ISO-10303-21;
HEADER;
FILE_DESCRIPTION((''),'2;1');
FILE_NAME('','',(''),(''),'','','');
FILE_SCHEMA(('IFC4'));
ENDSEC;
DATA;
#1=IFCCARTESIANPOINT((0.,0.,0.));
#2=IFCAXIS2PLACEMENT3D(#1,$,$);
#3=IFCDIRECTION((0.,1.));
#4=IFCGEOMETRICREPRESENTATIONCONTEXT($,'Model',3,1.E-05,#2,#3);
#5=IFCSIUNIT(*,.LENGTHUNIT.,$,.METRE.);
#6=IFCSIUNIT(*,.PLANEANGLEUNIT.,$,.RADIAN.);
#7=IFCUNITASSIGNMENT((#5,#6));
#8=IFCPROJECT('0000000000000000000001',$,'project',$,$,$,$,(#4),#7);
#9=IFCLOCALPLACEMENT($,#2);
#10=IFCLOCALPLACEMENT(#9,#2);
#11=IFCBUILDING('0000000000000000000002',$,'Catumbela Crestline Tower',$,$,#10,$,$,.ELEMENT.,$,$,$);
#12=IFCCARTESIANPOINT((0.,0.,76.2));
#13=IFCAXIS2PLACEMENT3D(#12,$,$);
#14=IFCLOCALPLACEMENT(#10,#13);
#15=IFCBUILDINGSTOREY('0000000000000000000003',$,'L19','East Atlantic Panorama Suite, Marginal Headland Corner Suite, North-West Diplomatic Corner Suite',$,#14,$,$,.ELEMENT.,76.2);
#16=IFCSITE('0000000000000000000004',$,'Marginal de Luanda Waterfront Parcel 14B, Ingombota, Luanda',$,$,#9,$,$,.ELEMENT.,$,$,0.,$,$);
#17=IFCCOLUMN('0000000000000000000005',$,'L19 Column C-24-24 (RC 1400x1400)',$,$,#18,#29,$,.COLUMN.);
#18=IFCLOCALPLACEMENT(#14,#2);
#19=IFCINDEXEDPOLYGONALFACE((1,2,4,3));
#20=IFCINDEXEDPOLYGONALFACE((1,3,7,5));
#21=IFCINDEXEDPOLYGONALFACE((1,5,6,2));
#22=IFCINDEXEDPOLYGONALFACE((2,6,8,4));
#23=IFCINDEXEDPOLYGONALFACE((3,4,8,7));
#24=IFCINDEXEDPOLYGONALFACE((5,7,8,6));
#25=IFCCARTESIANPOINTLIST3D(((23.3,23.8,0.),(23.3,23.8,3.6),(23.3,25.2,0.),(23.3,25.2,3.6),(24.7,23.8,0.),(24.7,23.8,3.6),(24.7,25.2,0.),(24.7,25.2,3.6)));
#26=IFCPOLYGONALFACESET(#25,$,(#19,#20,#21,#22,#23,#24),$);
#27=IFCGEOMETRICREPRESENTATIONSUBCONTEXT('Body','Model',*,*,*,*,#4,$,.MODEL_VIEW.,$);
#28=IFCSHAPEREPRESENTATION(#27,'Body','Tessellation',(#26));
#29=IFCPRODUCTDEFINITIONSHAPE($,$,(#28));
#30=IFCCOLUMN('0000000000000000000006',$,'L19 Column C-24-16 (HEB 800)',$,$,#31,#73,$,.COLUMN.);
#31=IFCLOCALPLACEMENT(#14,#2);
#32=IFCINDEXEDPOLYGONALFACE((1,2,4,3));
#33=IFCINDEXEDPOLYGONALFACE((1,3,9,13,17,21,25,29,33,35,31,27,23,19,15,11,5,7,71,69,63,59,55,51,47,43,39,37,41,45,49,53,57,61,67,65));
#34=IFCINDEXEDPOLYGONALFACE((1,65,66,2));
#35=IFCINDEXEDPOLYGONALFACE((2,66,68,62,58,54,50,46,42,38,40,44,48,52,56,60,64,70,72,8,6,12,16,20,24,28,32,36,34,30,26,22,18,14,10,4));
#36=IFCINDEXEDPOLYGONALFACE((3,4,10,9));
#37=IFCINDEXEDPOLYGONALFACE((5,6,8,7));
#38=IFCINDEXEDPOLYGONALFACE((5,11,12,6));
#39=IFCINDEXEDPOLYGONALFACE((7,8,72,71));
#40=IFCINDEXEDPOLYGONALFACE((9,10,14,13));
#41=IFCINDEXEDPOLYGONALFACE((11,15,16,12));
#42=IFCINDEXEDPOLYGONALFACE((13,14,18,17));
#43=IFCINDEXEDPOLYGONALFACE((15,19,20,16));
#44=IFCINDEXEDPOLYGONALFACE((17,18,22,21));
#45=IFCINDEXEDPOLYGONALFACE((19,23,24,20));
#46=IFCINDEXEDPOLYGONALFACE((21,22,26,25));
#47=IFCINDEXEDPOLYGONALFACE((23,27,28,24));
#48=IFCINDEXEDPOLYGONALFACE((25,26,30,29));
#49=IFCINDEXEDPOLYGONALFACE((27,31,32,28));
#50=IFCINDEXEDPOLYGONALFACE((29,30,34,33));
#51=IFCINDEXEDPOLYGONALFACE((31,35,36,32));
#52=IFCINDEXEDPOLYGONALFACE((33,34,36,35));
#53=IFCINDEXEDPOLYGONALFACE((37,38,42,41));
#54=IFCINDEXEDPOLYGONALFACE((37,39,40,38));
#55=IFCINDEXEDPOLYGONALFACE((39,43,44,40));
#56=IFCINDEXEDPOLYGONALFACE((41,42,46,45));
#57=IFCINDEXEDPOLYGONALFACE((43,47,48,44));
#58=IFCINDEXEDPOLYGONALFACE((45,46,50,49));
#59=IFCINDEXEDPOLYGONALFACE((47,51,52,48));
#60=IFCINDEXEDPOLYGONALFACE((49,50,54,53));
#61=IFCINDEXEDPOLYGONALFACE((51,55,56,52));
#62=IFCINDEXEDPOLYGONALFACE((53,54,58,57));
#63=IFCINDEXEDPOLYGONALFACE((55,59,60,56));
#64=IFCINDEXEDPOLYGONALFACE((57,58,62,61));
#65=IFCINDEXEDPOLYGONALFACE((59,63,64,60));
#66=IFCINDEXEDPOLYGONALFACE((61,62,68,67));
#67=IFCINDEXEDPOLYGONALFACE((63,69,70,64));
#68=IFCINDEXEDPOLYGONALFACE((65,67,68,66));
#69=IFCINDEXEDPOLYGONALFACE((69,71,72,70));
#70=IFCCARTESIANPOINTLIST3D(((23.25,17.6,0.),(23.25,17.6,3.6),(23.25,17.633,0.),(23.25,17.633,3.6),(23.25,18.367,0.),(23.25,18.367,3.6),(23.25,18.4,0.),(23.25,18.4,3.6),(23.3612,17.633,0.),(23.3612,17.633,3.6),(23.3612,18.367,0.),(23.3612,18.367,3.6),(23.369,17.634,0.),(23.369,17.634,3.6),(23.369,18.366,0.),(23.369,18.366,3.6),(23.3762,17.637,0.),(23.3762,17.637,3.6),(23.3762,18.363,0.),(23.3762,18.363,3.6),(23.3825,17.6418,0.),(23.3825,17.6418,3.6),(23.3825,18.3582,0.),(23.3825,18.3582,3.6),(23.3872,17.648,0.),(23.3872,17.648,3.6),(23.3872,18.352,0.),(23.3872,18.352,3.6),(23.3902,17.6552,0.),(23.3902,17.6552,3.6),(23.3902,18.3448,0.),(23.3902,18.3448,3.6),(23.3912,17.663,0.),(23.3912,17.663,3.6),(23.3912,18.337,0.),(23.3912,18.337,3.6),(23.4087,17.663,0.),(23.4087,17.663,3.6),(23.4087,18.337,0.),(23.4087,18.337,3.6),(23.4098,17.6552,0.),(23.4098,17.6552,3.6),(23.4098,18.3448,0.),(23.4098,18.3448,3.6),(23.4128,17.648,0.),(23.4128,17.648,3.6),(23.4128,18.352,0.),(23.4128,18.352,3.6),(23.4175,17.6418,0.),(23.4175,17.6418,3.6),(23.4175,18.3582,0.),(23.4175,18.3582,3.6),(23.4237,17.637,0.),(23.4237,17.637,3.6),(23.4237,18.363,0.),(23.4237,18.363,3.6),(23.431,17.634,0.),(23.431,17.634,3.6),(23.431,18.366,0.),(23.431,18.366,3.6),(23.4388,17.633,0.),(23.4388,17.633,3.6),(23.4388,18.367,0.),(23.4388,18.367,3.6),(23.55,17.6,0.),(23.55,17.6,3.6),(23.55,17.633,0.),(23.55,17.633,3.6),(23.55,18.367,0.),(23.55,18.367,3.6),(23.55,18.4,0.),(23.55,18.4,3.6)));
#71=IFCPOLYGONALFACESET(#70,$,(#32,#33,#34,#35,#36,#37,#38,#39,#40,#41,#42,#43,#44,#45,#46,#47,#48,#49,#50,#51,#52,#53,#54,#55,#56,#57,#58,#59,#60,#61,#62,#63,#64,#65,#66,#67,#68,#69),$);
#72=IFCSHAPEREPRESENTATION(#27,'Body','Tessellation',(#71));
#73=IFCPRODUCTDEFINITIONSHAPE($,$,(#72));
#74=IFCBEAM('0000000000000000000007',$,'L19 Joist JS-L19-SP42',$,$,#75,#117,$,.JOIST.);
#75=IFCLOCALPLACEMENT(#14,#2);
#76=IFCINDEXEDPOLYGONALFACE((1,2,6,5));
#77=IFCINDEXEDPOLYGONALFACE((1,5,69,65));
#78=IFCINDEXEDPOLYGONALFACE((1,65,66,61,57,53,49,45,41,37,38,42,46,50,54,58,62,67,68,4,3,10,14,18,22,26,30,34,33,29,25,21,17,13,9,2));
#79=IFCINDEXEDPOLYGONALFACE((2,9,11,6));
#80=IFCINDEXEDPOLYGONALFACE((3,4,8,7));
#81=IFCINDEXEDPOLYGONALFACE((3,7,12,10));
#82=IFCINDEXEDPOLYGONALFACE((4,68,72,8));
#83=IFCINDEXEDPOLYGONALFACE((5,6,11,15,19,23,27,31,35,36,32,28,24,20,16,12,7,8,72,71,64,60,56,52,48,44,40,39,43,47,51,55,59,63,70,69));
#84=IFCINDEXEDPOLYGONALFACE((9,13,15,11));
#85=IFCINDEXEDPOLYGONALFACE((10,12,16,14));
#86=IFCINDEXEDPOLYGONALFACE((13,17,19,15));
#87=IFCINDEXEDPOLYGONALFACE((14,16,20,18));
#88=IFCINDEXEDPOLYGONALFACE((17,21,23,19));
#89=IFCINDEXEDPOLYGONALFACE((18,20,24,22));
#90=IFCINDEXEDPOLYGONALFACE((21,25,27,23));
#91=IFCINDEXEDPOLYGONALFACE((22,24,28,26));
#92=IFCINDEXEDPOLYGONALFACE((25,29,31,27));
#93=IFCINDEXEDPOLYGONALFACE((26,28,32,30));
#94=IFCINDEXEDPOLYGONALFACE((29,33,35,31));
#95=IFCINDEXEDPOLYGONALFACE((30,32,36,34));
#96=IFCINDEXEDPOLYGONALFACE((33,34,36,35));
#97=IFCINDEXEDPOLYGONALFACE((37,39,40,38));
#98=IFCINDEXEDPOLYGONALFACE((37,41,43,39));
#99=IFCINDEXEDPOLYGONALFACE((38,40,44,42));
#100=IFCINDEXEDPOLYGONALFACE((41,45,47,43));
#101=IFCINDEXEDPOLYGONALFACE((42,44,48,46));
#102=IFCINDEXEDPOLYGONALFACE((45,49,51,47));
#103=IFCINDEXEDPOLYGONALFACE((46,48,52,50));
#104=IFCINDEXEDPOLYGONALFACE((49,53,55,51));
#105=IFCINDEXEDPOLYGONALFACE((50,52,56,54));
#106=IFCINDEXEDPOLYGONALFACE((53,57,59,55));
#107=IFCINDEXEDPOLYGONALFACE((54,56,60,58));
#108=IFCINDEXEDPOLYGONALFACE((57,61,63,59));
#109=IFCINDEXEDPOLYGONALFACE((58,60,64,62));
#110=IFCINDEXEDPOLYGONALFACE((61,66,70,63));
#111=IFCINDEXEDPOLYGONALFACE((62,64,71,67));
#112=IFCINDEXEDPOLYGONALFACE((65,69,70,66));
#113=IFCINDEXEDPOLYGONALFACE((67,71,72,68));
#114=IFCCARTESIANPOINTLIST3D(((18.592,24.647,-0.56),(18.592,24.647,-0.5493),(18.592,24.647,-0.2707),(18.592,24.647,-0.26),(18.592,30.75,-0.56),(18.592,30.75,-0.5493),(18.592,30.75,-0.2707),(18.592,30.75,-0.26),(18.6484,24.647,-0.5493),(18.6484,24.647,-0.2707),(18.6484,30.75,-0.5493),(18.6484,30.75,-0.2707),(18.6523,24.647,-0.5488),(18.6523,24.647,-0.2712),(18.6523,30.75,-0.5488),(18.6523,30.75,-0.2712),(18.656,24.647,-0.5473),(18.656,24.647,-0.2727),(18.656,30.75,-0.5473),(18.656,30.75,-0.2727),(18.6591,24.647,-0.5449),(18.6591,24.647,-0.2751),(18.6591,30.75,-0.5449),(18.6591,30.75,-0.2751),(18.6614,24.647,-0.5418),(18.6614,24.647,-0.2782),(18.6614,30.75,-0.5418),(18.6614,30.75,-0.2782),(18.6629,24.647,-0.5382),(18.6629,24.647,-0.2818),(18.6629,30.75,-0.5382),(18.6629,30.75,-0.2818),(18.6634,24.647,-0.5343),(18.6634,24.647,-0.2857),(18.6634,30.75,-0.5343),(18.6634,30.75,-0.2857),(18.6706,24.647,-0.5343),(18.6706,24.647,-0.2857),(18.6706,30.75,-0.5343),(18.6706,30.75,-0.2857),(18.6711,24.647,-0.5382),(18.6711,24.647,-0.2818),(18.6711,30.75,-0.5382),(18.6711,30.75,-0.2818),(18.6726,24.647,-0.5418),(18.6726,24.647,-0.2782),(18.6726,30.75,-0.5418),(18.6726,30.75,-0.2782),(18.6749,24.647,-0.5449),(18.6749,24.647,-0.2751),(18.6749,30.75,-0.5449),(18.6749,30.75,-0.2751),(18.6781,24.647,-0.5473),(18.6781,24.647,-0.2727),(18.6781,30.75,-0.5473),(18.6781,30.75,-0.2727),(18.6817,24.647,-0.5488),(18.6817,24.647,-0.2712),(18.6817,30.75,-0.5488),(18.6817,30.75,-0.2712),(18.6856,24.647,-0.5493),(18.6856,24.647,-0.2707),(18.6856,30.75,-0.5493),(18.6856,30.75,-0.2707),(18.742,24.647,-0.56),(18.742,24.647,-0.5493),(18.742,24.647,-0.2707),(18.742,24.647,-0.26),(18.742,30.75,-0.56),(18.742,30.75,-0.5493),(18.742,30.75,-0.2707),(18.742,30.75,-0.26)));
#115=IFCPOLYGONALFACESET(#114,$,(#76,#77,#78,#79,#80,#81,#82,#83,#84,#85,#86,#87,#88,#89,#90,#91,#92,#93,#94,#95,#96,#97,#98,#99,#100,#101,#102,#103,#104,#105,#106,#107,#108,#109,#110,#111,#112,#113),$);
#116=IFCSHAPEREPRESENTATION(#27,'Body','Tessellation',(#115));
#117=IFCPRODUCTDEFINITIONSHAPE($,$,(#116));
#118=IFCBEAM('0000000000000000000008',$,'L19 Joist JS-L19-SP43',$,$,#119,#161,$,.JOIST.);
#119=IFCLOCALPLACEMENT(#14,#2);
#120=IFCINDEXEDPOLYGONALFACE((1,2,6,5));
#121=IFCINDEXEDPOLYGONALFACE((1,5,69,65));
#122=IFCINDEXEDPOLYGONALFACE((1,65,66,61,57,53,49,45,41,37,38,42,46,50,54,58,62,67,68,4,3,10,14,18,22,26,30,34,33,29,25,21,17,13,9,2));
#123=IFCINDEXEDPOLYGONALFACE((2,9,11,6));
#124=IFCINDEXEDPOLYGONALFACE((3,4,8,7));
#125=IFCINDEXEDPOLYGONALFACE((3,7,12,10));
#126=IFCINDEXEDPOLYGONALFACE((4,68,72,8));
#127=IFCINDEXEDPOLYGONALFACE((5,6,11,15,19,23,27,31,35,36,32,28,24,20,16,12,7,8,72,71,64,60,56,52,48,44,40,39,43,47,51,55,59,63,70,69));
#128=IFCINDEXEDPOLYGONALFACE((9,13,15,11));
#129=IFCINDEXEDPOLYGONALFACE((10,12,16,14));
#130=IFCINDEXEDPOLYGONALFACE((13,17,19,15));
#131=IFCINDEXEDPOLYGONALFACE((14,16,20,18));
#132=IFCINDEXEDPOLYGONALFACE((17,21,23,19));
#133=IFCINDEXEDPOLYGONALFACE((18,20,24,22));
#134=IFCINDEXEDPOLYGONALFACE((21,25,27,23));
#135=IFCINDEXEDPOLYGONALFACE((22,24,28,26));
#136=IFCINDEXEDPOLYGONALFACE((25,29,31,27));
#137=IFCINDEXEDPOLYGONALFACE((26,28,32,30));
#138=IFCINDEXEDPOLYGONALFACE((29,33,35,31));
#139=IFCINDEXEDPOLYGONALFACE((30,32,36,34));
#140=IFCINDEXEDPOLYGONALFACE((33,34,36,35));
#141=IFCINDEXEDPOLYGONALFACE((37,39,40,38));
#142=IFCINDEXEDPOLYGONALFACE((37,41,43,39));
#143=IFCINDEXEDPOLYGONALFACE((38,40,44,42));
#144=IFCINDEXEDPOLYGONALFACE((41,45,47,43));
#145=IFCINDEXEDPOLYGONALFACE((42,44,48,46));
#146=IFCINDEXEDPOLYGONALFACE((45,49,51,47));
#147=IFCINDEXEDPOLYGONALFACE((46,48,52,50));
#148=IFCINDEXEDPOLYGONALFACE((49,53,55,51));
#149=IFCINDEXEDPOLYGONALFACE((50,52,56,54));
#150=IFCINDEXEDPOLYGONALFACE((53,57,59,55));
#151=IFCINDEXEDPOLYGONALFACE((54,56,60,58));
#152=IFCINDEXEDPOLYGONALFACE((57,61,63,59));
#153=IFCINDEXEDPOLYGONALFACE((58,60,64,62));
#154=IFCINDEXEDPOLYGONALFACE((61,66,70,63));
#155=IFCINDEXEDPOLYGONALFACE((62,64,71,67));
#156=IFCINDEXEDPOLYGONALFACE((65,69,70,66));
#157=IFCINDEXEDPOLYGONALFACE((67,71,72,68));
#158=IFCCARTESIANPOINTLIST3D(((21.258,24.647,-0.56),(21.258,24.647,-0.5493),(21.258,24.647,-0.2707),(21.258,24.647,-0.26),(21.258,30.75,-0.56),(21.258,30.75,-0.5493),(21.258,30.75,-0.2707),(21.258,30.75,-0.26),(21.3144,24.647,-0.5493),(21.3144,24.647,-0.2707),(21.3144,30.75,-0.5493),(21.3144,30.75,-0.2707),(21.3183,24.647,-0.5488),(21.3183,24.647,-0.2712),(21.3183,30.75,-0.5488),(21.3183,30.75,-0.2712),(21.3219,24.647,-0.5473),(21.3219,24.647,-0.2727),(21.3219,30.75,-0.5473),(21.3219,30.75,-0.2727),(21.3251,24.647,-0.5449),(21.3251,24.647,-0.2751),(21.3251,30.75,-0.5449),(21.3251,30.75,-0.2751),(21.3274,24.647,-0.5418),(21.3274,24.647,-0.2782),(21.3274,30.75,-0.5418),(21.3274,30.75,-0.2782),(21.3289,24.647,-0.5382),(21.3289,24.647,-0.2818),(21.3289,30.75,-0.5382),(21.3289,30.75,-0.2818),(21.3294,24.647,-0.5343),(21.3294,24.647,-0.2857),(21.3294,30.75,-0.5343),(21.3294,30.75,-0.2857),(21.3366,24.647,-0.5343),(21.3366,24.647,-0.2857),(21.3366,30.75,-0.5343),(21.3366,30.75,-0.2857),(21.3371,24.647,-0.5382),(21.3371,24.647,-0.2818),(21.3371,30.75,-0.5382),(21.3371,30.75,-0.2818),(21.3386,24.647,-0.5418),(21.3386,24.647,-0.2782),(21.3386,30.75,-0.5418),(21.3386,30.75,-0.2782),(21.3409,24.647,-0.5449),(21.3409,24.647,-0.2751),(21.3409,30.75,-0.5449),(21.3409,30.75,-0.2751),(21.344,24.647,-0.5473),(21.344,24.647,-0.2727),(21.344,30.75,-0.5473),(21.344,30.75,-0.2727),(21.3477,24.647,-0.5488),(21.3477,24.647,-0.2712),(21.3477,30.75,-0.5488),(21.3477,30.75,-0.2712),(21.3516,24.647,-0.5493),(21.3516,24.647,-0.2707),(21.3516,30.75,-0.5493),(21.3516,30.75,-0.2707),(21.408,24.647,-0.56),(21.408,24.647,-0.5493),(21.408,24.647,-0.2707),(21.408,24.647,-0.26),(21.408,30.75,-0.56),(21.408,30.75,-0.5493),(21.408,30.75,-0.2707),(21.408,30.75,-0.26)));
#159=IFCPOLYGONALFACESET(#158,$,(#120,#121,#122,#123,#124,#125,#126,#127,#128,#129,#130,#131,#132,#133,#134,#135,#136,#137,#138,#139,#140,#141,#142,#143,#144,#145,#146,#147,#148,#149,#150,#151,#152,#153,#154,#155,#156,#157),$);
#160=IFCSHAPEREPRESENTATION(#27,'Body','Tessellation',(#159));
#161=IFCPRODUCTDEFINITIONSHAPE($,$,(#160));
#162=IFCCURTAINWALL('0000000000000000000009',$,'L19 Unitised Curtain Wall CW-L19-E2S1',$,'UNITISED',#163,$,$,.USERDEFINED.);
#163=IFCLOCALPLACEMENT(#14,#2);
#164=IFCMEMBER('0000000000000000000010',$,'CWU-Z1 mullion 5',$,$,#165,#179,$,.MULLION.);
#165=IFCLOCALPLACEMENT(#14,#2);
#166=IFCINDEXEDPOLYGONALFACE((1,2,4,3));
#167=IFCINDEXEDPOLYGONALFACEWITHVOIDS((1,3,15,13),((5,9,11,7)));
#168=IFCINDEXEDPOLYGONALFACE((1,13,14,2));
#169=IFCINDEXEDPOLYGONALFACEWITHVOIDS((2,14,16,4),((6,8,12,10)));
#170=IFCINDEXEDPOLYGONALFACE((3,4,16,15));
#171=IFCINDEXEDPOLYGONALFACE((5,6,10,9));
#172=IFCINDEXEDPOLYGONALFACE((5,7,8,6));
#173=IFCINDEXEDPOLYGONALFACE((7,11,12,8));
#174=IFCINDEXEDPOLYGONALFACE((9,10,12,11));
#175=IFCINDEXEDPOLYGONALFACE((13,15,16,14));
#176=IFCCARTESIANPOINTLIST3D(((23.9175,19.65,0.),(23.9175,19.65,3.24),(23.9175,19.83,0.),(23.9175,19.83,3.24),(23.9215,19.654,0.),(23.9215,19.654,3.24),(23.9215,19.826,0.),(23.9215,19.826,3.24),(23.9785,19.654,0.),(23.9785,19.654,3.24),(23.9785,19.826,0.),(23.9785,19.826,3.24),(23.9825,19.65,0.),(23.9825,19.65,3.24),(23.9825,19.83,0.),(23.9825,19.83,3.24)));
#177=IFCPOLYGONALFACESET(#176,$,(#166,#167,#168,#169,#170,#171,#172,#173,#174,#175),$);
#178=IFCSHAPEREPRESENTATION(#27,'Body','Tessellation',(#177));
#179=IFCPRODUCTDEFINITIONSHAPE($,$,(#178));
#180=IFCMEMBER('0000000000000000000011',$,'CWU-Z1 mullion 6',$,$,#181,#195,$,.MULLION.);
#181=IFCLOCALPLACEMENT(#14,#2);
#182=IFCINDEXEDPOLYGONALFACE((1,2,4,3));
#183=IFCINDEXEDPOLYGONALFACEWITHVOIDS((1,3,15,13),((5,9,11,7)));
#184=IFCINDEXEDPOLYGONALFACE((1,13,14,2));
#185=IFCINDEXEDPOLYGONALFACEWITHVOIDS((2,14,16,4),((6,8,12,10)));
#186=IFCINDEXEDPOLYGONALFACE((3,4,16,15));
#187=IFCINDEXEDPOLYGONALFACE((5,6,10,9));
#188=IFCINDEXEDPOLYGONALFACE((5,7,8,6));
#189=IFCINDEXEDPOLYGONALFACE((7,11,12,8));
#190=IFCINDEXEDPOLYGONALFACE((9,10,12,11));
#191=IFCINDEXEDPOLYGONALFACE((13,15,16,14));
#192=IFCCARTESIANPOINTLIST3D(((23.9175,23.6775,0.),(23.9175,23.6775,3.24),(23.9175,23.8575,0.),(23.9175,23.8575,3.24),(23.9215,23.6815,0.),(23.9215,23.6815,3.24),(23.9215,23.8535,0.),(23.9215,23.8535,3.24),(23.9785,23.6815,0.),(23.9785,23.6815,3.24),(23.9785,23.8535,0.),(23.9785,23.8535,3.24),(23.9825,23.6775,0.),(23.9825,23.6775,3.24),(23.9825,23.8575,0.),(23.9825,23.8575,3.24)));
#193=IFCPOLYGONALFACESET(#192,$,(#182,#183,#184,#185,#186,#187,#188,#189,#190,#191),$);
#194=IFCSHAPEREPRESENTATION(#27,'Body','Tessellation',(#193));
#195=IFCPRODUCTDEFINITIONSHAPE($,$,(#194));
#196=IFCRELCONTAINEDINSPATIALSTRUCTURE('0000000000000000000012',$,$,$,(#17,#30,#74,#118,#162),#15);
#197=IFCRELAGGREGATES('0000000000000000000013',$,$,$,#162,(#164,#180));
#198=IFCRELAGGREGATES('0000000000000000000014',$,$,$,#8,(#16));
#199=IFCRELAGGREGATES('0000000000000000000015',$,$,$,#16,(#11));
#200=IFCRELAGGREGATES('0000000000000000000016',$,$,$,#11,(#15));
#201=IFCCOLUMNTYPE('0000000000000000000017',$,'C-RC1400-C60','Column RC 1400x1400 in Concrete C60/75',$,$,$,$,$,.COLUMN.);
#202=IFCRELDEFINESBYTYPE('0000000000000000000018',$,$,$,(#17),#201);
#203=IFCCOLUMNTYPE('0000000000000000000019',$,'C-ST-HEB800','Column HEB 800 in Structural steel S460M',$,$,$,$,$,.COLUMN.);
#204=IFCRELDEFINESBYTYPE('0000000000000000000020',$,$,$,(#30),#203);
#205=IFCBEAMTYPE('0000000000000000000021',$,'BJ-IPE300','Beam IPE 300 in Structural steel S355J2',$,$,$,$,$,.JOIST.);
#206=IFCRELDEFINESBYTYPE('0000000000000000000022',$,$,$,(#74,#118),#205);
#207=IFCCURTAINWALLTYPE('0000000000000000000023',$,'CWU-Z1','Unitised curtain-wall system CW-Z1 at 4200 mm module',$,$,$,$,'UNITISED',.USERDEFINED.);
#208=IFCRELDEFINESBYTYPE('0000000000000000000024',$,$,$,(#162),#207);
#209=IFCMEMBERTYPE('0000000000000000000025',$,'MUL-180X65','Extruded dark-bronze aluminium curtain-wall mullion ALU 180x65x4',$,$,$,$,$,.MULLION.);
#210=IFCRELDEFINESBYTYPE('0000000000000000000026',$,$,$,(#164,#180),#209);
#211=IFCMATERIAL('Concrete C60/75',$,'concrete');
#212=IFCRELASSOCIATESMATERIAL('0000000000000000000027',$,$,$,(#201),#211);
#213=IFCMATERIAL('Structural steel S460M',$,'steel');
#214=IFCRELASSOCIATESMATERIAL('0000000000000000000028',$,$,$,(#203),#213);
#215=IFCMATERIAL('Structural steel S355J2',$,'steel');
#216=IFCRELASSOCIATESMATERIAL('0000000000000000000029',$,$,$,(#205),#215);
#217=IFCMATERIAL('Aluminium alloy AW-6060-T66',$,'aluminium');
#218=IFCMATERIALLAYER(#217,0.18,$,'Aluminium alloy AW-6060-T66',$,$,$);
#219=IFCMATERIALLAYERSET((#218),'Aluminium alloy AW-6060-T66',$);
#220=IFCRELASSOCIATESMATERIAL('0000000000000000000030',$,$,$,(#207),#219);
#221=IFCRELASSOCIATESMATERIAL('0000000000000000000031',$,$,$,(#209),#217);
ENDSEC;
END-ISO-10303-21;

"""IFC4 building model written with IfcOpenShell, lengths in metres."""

from ifc_helpers import new_model, si_unit, direction, frame, origin, origin_2d, place, context, subcontext, project, spatial, rectangle, hollow_rectangle, i_section, extrude, material, layer, layer_set, material_profile, profile_set, type_object, element, aggregate, save


model = new_model("IFC4")

# Units and contexts
model_context = context("Model", 3, precision=1e-05, world=origin(), true_north=direction((0.0, 1.0)))
body_context = subcontext(model_context, "Body", "Model", "MODEL_VIEW")
ifc_project = project(units=[si_unit("LENGTHUNIT", "METRE"), si_unit("PLANEANGLEUNIT", "RADIAN")], contexts=[model_context])

# Site, building, storey
site_placement = place(None, origin())
site = spatial("IfcSite", under=ifc_project, at=site_placement, Name="Marginal de Luanda Waterfront Parcel 14B, Ingombota, Luanda", CompositionType="ELEMENT", RefElevation=0.0)
building_placement = place(site_placement, origin())
building = spatial("IfcBuilding", under=site, at=building_placement, Name="Catumbela Crestline Tower", CompositionType="ELEMENT")
storey_placement = place(building_placement, frame((0.0, 0.0, 76.2)))
storey = spatial("IfcBuildingStorey", under=building, at=storey_placement, Name="L19", Description="East Atlantic Panorama Suite, Marginal Headland Corner Suite, North-West Diplomatic Corner Suite", CompositionType="ELEMENT", Elevation=76.2)

# Columns
ifc_material_1 = material(Name="Concrete C60/75", Category="concrete")
ifc_material_profile_1 = material_profile(ifc_material_1, rectangle(XDim=1.4, YDim=1.4, at=origin_2d()), Name="RC 1400x1400")
ifc_profile_set_1 = profile_set([ifc_material_profile_1], Name="Concrete C60/75")
column_type_1 = type_object("IfcColumnType", Name="C-RC1400-C60", Description="Column RC 1400x1400 in Concrete C60/75", PredefinedType="COLUMN", material=ifc_profile_set_1)
column_1_placement = place(storey_placement, frame((24.0, 24.5, 0.0), z_axis=(0.0, 0.0, 1.0), x_axis=(1.0, 0.0, 0.0)))
element("IfcColumn", 1, at=column_1_placement, inside=storey, type_object=column_type_1, Name="L19 Column C-24-24 (RC 1400x1400)", PredefinedType="COLUMN", context=body_context, shape_type="SweptSolid", body=[
    extrude(rectangle(XDim=1.4, YDim=1.4, at=origin_2d()), origin(), (0.0, 0.0, 1.0), 3.6),
])
ifc_material_2 = material(Name="Structural steel S460M", Category="steel")
ifc_material_profile_2 = material_profile(ifc_material_2, i_section(OverallWidth=0.3, OverallDepth=0.8, WebThickness=0.0175, FlangeThickness=0.033, FilletRadius=0.03, at=origin_2d()), Name="HEB 800")
ifc_profile_set_2 = profile_set([ifc_material_profile_2], Name="Structural steel S460M")
column_type_2 = type_object("IfcColumnType", Name="C-ST-HEB800", Description="Column HEB 800 in Structural steel S460M", PredefinedType="COLUMN", material=ifc_profile_set_2)
column_2_placement = place(storey_placement, frame((23.4, 18.0, 0.0), z_axis=(0.0, 0.0, 1.0), x_axis=(1.0, 0.0, 0.0)))
element("IfcColumn", 2, at=column_2_placement, inside=storey, type_object=column_type_2, Name="L19 Column C-24-16 (HEB 800)", PredefinedType="COLUMN", context=body_context, shape_type="SweptSolid", body=[
    extrude(i_section(OverallWidth=0.3, OverallDepth=0.8, WebThickness=0.0175, FlangeThickness=0.033, FilletRadius=0.03, at=origin_2d()), origin(), (0.0, 0.0, 1.0), 3.6),
])

# Beams
ifc_material_3 = material(Name="Structural steel S355J2", Category="steel")
ifc_material_profile_3 = material_profile(ifc_material_3, i_section(OverallWidth=0.15, OverallDepth=0.3, WebThickness=0.0071, FlangeThickness=0.0107, FilletRadius=0.015, at=origin_2d()), Name="IPE 300")
ifc_profile_set_3 = profile_set([ifc_material_profile_3], Name="Structural steel S355J2")
beam_type_1 = type_object("IfcBeamType", Name="BJ-IPE300", Description="Beam IPE 300 in Structural steel S355J2", PredefinedType="JOIST", material=ifc_profile_set_3)
for number, where, z_axis, x_axis, name in (
    (3, (18.667, 24.647, -0.41), (0.0, 1.0, 0.0), (-1.0, 0.0, 0.0), "L19 Joist JS-L19-SP42"),
    (4, (21.333, 24.647, -0.41), (0.0, 1.0, 0.0), (-1.0, 0.0, 0.0), "L19 Joist JS-L19-SP43"),
):
    element("IfcBeam", number, at=place(storey_placement, frame(where, z_axis=z_axis, x_axis=x_axis)), inside=storey, type_object=beam_type_1, Name=name, PredefinedType="JOIST", context=body_context, shape_type="SweptSolid", body=[
        extrude(i_section(OverallWidth=0.15, OverallDepth=0.3, WebThickness=0.0071, FlangeThickness=0.0107, FilletRadius=0.015, at=origin_2d()), origin(), (0.0, 0.0, 1.0), 6.103),
    ])

# Curtain wall, members
ifc_material_4 = material(Name="Aluminium alloy AW-6060-T66", Category="aluminium")
ifc_layer_1 = layer(ifc_material_4, 0.18, Name="Aluminium alloy AW-6060-T66")
ifc_layer_set_1 = layer_set([ifc_layer_1], Name="Aluminium alloy AW-6060-T66")
curtain_wall_type = type_object("IfcCurtainWallType", Name="CWU-Z1", Description="Unitised curtain-wall system CW-Z1 at 4200 mm module", ElementType="UNITISED", PredefinedType="USERDEFINED", material=ifc_layer_set_1)
curtain_wall_1_placement = place(storey_placement, origin())
curtain_wall_1 = element("IfcCurtainWall", 5, at=curtain_wall_1_placement, inside=storey, type_object=curtain_wall_type, Name="L19 Unitised Curtain Wall CW-L19-E2S1", ObjectType="UNITISED", PredefinedType="USERDEFINED")
ifc_material_profile_4 = material_profile(ifc_material_4, hollow_rectangle(XDim=0.065, YDim=0.18, WallThickness=0.004, at=origin_2d()), Name="ALU 180x65x4")
ifc_profile_set_4 = profile_set([ifc_material_profile_4], Name="Aluminium alloy AW-6060-T66")
member_type_1 = type_object("IfcMemberType", Name="MUL-180X65", Description="Extruded dark-bronze aluminium curtain-wall mullion ALU 180x65x4", PredefinedType="MULLION", material=ifc_profile_set_4)
member_1_placement = place(storey_placement, frame((23.95, 19.74, 0.0), z_axis=(0.0, 0.0, 1.0), x_axis=(-1.0, 0.0, 0.0)))
member_1 = element("IfcMember", 6, at=member_1_placement, type_object=member_type_1, Name="CWU-Z1 mullion 5", PredefinedType="MULLION", context=body_context, shape_type="SweptSolid", body=[
    extrude(hollow_rectangle(XDim=0.065, YDim=0.18, WallThickness=0.004, at=origin_2d()), origin(), (0.0, 0.0, 1.0), 3.24),
])
member_2_placement = place(storey_placement, frame((23.95, 23.7675, 0.0), z_axis=(0.0, 0.0, 1.0), x_axis=(-1.0, 0.0, 0.0)))
member_2 = element("IfcMember", 7, at=member_2_placement, type_object=member_type_1, Name="CWU-Z1 mullion 6", PredefinedType="MULLION", context=body_context, shape_type="SweptSolid", body=[
    extrude(hollow_rectangle(XDim=0.065, YDim=0.18, WallThickness=0.004, at=origin_2d()), origin(), (0.0, 0.0, 1.0), 3.24),
])

aggregate(curtain_wall_1, [member_1, member_2])

save(model, "model.ifc")
